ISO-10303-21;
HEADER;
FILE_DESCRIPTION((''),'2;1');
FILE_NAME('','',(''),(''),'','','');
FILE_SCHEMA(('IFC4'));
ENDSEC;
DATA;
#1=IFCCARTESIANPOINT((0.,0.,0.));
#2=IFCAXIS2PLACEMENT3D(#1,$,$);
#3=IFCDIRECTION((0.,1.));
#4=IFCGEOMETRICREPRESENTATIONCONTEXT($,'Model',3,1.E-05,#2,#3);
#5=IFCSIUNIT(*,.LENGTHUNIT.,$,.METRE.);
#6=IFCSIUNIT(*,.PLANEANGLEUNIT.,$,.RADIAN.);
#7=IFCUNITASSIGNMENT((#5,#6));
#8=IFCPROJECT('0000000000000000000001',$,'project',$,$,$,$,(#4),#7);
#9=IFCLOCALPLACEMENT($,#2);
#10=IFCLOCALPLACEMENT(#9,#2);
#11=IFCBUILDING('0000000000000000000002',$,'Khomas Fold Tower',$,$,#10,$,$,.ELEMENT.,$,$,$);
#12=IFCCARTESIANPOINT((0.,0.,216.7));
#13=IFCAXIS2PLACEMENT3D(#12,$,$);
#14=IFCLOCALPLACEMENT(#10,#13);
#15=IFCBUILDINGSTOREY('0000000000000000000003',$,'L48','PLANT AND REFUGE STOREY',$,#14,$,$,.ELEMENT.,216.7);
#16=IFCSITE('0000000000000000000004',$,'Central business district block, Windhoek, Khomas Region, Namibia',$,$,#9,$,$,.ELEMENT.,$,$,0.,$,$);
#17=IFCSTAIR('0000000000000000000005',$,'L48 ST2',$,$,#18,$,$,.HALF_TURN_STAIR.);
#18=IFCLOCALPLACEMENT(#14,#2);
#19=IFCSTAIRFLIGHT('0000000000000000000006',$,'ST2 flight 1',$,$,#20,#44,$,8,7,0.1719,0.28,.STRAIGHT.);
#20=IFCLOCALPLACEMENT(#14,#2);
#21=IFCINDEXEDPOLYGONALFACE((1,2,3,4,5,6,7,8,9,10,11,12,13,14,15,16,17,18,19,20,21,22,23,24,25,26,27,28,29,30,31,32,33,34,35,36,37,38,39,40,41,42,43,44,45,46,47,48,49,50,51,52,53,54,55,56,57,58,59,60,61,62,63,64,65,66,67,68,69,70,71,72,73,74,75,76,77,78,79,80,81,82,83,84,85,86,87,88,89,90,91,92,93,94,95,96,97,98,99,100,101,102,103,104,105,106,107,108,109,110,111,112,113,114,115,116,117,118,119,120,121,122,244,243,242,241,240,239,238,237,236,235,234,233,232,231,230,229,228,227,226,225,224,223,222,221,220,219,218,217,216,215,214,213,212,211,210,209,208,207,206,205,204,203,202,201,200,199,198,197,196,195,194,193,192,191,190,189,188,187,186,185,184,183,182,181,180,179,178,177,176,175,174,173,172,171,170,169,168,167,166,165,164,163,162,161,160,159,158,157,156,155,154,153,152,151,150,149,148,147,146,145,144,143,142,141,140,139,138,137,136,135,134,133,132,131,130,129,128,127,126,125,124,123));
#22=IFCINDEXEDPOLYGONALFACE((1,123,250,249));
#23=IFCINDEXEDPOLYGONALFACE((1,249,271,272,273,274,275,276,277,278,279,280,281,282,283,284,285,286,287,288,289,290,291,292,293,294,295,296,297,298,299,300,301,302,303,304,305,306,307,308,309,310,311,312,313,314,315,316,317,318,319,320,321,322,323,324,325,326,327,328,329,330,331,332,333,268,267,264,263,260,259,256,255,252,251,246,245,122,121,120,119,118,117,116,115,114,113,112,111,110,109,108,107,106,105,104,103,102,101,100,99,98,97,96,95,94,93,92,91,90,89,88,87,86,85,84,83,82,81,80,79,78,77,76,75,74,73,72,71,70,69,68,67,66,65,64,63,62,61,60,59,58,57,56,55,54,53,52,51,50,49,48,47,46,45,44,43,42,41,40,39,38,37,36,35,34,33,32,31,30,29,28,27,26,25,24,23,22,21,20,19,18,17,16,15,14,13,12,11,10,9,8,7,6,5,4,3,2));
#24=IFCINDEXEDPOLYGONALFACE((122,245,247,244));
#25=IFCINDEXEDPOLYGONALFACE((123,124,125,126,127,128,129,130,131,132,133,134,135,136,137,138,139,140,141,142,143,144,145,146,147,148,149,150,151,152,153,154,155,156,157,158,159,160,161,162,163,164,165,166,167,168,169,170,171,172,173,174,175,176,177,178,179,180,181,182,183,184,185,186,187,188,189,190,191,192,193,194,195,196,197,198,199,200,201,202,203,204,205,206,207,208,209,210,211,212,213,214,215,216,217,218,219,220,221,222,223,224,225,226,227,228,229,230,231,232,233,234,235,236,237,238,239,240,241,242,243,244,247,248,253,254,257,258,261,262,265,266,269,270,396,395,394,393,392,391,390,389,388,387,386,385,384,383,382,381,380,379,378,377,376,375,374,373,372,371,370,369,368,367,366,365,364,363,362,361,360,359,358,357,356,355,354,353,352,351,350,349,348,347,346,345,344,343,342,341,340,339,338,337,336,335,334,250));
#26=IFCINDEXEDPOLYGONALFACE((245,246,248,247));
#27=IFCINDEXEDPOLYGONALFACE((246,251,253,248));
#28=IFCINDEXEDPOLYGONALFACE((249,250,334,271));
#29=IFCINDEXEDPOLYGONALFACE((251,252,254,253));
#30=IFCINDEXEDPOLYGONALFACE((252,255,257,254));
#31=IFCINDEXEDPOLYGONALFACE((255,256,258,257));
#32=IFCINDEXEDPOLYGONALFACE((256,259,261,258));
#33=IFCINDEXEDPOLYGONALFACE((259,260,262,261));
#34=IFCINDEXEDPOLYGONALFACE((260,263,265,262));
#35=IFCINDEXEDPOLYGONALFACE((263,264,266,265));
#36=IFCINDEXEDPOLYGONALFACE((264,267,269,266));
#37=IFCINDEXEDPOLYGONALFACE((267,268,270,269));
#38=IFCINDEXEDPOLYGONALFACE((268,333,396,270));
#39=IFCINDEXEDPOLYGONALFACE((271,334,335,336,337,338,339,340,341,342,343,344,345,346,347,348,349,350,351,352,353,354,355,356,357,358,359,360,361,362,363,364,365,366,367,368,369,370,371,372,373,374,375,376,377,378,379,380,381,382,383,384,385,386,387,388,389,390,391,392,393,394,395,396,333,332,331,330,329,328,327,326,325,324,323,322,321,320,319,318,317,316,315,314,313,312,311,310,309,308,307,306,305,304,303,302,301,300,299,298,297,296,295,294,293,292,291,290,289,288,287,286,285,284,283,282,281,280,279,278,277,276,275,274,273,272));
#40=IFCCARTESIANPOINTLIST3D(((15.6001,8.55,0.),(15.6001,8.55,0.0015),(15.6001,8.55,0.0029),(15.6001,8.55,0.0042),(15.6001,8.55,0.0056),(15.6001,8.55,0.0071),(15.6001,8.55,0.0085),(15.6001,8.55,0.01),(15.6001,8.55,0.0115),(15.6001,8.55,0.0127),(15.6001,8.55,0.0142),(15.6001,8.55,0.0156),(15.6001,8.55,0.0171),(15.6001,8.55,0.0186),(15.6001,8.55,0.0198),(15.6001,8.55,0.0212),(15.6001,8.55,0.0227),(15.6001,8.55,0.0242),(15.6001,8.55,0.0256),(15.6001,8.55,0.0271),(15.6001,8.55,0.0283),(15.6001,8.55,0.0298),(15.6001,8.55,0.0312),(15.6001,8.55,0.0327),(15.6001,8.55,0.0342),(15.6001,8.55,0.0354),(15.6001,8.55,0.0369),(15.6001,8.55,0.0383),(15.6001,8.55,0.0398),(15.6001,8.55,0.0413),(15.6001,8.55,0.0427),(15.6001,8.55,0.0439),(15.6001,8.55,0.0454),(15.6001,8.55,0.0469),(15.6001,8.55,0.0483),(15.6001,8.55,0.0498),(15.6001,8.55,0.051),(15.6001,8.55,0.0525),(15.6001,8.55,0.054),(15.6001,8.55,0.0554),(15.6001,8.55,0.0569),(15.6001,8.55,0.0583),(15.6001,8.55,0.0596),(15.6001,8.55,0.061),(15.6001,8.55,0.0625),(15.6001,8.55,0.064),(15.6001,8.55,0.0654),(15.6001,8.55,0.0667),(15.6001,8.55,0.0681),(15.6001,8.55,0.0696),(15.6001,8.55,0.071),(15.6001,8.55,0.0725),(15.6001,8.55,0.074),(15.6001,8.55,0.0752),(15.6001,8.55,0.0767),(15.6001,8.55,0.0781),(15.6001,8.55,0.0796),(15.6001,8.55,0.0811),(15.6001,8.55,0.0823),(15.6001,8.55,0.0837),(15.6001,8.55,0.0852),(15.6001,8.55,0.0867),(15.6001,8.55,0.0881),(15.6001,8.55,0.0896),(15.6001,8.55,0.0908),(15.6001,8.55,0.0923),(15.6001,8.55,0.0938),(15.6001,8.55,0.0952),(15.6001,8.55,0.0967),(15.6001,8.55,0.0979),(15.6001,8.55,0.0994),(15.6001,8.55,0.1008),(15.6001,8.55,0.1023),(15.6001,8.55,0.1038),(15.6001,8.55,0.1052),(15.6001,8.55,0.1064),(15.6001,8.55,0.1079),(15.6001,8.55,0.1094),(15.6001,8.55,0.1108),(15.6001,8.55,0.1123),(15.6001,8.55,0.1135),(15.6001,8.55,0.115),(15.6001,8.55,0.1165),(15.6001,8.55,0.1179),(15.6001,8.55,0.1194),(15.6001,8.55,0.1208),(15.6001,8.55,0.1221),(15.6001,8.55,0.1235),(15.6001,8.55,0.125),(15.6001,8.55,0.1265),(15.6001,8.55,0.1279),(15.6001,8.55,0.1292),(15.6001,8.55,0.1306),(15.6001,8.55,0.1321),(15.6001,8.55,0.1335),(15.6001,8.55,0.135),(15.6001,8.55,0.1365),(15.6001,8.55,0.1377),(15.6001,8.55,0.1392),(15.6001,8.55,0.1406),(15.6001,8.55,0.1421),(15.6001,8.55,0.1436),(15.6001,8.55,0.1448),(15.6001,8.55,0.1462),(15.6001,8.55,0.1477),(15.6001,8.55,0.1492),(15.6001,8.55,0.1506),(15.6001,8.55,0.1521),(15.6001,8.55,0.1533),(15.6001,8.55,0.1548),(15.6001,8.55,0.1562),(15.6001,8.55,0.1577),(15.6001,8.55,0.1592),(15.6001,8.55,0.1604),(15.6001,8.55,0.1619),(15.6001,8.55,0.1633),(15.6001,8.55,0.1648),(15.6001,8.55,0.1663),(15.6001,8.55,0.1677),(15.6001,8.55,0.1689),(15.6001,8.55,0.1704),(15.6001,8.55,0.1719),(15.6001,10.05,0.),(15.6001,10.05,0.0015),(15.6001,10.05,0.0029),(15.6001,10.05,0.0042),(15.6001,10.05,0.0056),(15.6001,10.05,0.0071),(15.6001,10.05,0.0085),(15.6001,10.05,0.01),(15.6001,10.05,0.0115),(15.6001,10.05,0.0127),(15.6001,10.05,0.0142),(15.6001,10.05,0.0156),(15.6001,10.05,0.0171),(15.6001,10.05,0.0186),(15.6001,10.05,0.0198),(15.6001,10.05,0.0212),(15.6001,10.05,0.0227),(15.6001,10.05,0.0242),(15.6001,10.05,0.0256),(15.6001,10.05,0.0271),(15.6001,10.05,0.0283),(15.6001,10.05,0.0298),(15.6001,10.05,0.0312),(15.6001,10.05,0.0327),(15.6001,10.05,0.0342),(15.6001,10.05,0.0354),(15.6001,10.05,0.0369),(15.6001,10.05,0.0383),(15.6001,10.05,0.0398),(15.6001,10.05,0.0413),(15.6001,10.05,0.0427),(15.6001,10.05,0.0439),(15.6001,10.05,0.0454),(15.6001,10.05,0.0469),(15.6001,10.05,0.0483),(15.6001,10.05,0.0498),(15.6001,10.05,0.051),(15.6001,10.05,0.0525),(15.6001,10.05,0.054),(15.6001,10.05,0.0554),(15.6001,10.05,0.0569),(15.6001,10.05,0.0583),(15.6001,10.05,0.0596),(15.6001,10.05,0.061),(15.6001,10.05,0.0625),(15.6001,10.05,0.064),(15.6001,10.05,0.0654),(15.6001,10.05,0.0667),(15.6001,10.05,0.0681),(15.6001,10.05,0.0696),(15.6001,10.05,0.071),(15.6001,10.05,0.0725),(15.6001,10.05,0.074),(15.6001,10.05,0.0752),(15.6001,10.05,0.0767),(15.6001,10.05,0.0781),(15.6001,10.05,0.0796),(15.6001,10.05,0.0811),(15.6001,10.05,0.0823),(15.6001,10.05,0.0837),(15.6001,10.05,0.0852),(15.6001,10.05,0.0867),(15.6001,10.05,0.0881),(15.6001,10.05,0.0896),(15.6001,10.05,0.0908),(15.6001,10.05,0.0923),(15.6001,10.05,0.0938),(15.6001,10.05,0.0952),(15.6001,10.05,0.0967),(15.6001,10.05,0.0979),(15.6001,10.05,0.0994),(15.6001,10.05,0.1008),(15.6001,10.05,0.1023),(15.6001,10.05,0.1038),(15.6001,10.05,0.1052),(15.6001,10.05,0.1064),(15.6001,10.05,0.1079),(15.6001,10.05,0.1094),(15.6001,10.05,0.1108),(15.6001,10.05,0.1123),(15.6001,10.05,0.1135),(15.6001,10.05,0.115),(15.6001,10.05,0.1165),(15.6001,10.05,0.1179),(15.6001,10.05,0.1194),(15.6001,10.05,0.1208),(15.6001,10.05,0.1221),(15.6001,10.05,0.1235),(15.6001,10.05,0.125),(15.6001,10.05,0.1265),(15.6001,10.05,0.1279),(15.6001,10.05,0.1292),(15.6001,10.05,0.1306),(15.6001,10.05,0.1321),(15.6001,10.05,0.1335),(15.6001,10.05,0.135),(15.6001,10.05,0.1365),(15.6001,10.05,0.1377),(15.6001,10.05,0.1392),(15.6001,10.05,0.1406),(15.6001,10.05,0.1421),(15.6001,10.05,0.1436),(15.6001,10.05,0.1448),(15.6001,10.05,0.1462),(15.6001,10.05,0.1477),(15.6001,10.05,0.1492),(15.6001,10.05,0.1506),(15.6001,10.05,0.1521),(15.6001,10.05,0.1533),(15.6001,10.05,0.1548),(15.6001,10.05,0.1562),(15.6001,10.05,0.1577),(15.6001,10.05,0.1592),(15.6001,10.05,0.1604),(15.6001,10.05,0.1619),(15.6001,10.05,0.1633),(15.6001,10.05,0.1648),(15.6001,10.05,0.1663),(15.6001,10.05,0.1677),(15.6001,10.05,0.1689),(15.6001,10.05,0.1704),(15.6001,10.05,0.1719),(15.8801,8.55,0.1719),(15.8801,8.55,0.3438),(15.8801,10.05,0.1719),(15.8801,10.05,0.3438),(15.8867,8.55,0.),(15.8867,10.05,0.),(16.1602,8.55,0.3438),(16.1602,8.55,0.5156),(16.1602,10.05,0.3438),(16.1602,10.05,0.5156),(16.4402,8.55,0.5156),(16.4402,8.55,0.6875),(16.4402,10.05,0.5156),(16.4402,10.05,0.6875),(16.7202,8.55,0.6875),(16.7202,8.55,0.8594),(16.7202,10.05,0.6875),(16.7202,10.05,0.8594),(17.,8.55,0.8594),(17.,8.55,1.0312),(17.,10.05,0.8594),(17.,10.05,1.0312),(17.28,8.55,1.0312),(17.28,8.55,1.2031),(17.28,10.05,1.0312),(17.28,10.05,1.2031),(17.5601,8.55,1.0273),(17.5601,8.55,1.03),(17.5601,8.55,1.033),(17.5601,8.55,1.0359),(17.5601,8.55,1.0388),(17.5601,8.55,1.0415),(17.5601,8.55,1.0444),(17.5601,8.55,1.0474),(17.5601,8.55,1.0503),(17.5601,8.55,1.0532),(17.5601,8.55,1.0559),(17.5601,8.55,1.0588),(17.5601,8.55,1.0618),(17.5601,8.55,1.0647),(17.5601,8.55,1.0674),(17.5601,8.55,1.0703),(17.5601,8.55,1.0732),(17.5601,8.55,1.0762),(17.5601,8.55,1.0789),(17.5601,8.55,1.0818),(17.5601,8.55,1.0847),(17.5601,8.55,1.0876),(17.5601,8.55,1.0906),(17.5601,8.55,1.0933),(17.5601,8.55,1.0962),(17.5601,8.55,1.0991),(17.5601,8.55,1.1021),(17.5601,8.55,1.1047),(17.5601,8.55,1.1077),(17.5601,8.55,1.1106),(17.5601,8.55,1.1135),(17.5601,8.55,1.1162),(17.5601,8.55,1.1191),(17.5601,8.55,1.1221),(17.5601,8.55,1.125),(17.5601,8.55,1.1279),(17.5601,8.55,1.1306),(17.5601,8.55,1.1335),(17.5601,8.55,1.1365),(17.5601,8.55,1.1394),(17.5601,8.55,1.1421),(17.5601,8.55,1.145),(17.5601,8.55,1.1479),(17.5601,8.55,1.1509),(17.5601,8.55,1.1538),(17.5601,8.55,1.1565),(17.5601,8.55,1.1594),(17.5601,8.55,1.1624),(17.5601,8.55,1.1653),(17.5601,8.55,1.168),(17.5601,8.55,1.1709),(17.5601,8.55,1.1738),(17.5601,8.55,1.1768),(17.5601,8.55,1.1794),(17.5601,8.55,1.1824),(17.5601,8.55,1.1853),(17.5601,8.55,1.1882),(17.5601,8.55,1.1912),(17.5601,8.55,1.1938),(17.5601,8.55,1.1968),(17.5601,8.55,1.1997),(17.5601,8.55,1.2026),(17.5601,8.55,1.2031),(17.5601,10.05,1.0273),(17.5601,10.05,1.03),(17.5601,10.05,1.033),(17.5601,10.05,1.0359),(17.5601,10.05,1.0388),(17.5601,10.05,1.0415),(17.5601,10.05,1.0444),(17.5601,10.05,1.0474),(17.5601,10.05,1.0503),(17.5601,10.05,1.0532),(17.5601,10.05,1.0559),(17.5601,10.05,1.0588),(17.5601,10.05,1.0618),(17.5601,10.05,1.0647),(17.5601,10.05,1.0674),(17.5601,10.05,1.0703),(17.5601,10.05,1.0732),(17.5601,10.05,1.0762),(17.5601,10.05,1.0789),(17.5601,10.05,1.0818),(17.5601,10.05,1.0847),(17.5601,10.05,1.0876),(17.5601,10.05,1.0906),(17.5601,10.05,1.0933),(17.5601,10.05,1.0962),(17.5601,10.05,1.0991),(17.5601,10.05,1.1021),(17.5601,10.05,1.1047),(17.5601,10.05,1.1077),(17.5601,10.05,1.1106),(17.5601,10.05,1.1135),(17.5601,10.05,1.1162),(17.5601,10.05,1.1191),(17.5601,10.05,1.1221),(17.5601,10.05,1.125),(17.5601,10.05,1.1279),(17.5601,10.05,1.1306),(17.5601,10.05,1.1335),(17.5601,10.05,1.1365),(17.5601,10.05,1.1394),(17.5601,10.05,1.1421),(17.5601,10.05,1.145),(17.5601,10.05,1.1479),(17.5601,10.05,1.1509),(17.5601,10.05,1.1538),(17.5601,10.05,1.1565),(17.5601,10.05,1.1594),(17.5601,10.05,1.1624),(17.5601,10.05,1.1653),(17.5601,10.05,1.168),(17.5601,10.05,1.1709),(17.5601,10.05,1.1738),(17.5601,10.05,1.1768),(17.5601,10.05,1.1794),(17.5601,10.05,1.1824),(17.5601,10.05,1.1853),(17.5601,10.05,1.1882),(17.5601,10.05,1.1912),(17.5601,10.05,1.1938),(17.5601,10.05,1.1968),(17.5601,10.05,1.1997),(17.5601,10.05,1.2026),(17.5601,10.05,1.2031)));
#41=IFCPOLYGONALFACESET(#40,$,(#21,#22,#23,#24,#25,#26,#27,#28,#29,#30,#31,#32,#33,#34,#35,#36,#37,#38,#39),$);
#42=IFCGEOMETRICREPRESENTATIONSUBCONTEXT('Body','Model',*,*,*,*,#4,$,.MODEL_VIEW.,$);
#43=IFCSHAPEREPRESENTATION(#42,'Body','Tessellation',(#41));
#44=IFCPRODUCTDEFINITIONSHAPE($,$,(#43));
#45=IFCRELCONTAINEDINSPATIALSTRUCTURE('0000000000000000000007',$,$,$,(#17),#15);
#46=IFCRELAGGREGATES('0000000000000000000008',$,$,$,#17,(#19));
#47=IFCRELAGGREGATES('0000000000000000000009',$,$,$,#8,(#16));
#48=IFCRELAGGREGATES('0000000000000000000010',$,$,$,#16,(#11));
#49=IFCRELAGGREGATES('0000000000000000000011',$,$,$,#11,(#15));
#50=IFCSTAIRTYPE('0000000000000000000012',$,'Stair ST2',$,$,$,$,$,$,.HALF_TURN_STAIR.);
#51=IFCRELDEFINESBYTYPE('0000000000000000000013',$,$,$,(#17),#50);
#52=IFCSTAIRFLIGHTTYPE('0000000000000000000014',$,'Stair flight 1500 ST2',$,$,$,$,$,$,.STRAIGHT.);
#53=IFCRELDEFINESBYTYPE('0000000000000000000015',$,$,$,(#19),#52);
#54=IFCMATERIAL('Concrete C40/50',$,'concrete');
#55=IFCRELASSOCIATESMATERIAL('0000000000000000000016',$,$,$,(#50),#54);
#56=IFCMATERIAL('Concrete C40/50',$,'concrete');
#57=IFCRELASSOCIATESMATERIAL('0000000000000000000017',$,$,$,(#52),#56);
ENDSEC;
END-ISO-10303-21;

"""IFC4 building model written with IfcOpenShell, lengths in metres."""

from ifc_helpers import new_model, si_unit, direction, frame, origin, place, context, subcontext, project, spatial, polyline, outline, extrude, source, transform, mapped, material, type_object, element, aggregate, save


model = new_model("IFC4")

# Units and contexts
model_context = context("Model", 3, precision=1e-05, world=origin(), true_north=direction((0.0, 1.0)))
body_context = subcontext(model_context, "Body", "Model", "MODEL_VIEW")
ifc_project = project(units=[si_unit("LENGTHUNIT", "METRE"), si_unit("PLANEANGLEUNIT", "RADIAN")], contexts=[model_context])

# Site, building, storey
site_placement = place(None, origin())
site = spatial("IfcSite", under=ifc_project, at=site_placement, Name="Central business district block, Windhoek, Khomas Region, Namibia", CompositionType="ELEMENT", RefElevation=0.0)
building_placement = place(site_placement, origin())
building = spatial("IfcBuilding", under=site, at=building_placement, Name="Khomas Fold Tower", CompositionType="ELEMENT")
storey_placement = place(building_placement, frame((0.0, 0.0, 216.7)))
storey = spatial("IfcBuildingStorey", under=building, at=storey_placement, Name="L48", Description="PLANT AND REFUGE STOREY", CompositionType="ELEMENT", Elevation=216.7)

# Stair, stair flight
ifc_material_1 = material(Name="Concrete C40/50", Category="concrete")
stair_type = type_object("IfcStairType", Name="Stair ST2", PredefinedType="HALF_TURN_STAIR", material=ifc_material_1)
stair_placement = place(storey_placement, origin())
stair = element("IfcStair", 1, at=stair_placement, inside=storey, type_object=stair_type, Name="L48 ST2", PredefinedType="HALF_TURN_STAIR")
ifc_material_2 = material(Name="Concrete C40/50", Category="concrete")
stair_flight_type = type_object("IfcStairFlightType", Name="Stair flight 1500 ST2", PredefinedType="STRAIGHT", material=ifc_material_2)
shared_shape_1 = source(origin(), body_context, "Body", "SweptSolid", [
    extrude(outline(polyline([(0.0, 0.0), (0.0, 0.0015), (0.0, 0.0029), (0.0, 0.0042), (0.0, 0.0056), (0.0, 0.0071), (0.0, 0.0085), (0.0, 0.01), (0.0, 0.0115), (0.0, 0.0127), (0.0, 0.0142), (0.0, 0.0156), (0.0, 0.0171), (0.0, 0.0186), (0.0, 0.0198), (0.0, 0.0212), (0.0, 0.0227), (0.0, 0.0242), (0.0, 0.0256), (0.0, 0.0271), (0.0, 0.0283), (0.0, 0.0298), (0.0, 0.0312), (0.0, 0.0327), (0.0, 0.0342), (0.0, 0.0354), (0.0, 0.0369), (0.0, 0.0383), (0.0, 0.0398), (0.0, 0.0413), (0.0, 0.0427), (0.0, 0.0439), (0.0, 0.0454), (0.0, 0.0469), (0.0, 0.0483), (0.0, 0.0498), (0.0, 0.051), (0.0, 0.0525), (0.0, 0.054), (0.0, 0.0554), (0.0, 0.0569), (0.0, 0.0583), (0.0, 0.0596), (0.0, 0.061), (0.0, 0.0625), (0.0, 0.064), (0.0, 0.0654), (0.0, 0.0667), (0.0, 0.0681), (0.0, 0.0696), (0.0, 0.071), (0.0, 0.0725), (0.0, 0.074), (0.0, 0.0752), (0.0, 0.0767), (0.0, 0.0781), (0.0, 0.0796), (0.0, 0.0811), (0.0, 0.0823), (0.0, 0.0837), (0.0, 0.0852), (0.0, 0.0867), (0.0, 0.0881), (0.0, 0.0896), (0.0, 0.0908), (0.0, 0.0923), (0.0, 0.0938), (0.0, 0.0952), (0.0, 0.0967), (0.0, 0.0979), (0.0, 0.0994), (0.0, 0.1008), (0.0, 0.1023), (0.0, 0.1038), (0.0, 0.1052), (0.0, 0.1064), (0.0, 0.1079), (0.0, 0.1094), (0.0, 0.1108), (0.0, 0.1123), (0.0, 0.1135), (0.0, 0.115), (0.0, 0.1165), (0.0, 0.1179), (0.0, 0.1194), (0.0, 0.1208), (0.0, 0.1221), (0.0, 0.1235), (0.0, 0.125), (0.0, 0.1265), (0.0, 0.1279), (0.0, 0.1292), (0.0, 0.1306), (0.0, 0.1321), (0.0, 0.1335), (0.0, 0.135), (0.0, 0.1365), (0.0, 0.1377), (0.0, 0.1392), (0.0, 0.1406), (0.0, 0.1421), (0.0, 0.1436), (0.0, 0.1448), (0.0, 0.1462), (0.0, 0.1477), (0.0, 0.1492), (0.0, 0.1506), (0.0, 0.1521), (0.0, 0.1533), (0.0, 0.1548), (0.0, 0.1562), (0.0, 0.1577), (0.0, 0.1592), (0.0, 0.1604), (0.0, 0.1619), (0.0, 0.1633), (0.0, 0.1648), (0.0, 0.1663), (0.0, 0.1677), (0.0, 0.1689), (0.0, 0.1704), (0.0, 0.1719), (0.28, 0.1719), (0.28, 0.3438), (0.5601, 0.3438), (0.5601, 0.5156), (0.8401, 0.5156), (0.8401, 0.6875), (1.1201, 0.6875), (1.1201, 0.8594), (1.3999, 0.8594), (1.3999, 1.0312), (1.6799, 1.0312), (1.6799, 1.2031), (1.96, 1.2031), (1.96, 1.375), (1.96, 1.3721), (1.96, 1.3691), (1.96, 1.3665), (1.96, 1.3635), (1.96, 1.3606), (1.96, 1.3577), (1.96, 1.355), (1.96, 1.3521), (1.96, 1.3491), (1.96, 1.3462), (1.96, 1.3435), (1.96, 1.3406), (1.96, 1.3376), (1.96, 1.3347), (1.96, 1.3318), (1.96, 1.3291), (1.96, 1.3262), (1.96, 1.3232), (1.96, 1.3203), (1.96, 1.3176), (1.96, 1.3147), (1.96, 1.3118), (1.96, 1.3088), (1.96, 1.3059), (1.96, 1.3032), (1.96, 1.3003), (1.96, 1.2974), (1.96, 1.2944), (1.96, 1.2917), (1.96, 1.2888), (1.96, 1.2859), (1.96, 1.283), (1.96, 1.2803), (1.96, 1.2773), (1.96, 1.2744), (1.96, 1.2715), (1.96, 1.2686), (1.96, 1.2659), (1.96, 1.2629), (1.96, 1.26), (1.96, 1.2571), (1.96, 1.2544), (1.96, 1.2515), (1.96, 1.2485), (1.96, 1.2456), (1.96, 1.2427), (1.96, 1.24), (1.96, 1.2371), (1.96, 1.2341), (1.96, 1.2312), (1.96, 1.2285), (1.96, 1.2256), (1.96, 1.2227), (1.96, 1.2197), (1.96, 1.217), (1.96, 1.2141), (1.96, 1.2112), (1.96, 1.2083), (1.96, 1.2053), (1.96, 1.2026), (1.96, 1.1997), (1.96, 1.1968), (1.96, 1.1938), (1.96, 1.1912), (1.96, 1.1882), (1.96, 1.1853), (1.96, 1.1824), (1.96, 1.1794), (1.96, 1.1768), (1.96, 1.1738), (1.96, 1.1709), (1.96, 1.168), (1.96, 1.1653), (1.96, 1.1624), (1.96, 1.1594), (1.96, 1.1565), (1.96, 1.1538), (1.96, 1.1509), (1.96, 1.1479), (1.96, 1.145), (1.96, 1.1421), (1.96, 1.1394), (1.96, 1.1365), (1.96, 1.1335), (1.96, 1.1306), (1.96, 1.1279), (1.96, 1.125), (1.96, 1.1221), (1.96, 1.1191), (1.96, 1.1162), (1.96, 1.1135), (1.96, 1.1106), (1.96, 1.1077), (1.96, 1.1047), (1.96, 1.1021), (1.96, 1.0991), (1.96, 1.0962), (1.96, 1.0933), (1.96, 1.0906), (1.96, 1.0876), (1.96, 1.0847), (1.96, 1.0818), (1.96, 1.0789), (1.96, 1.0762), (1.96, 1.0732), (1.96, 1.0703), (1.96, 1.0674), (1.96, 1.0647), (1.96, 1.0618), (1.96, 1.0588), (1.96, 1.0559), (1.96, 1.0532), (1.96, 1.0503), (1.96, 1.0474), (1.96, 1.0444), (1.96, 1.0415), (1.96, 1.0388), (1.96, 1.0359), (1.96, 1.033), (1.96, 1.03), (1.96, 1.0273), (0.2866, 0.0), (0.0, 0.0)])), frame((0.0, 0.75, 0.0), z_axis=(0.0, -1.0, 0.0), x_axis=(1.0, 0.0, 0.0)), (0.0, 0.0, 1.0), 1.5),
])
stair_flight_placement = place(storey_placement, frame((15.6001, 9.3, 0.0), z_axis=(0.0, 0.0, 1.0), x_axis=(1.0, 0.0, 0.0)))
stair_flight = element("IfcStairFlight", 2, at=stair_flight_placement, type_object=stair_flight_type, Name="ST2 flight 1", NumberOfRisers=8, NumberOfTreads=7, PredefinedType="STRAIGHT", RiserHeight=0.1719, TreadLength=0.28, context=body_context, shape_type="MappedRepresentation", body=[
    mapped(shared_shape_1, transform((0.0, 0.0, 0.0))),
])
aggregate(stair, [stair_flight])

save(model, "model.ifc")
